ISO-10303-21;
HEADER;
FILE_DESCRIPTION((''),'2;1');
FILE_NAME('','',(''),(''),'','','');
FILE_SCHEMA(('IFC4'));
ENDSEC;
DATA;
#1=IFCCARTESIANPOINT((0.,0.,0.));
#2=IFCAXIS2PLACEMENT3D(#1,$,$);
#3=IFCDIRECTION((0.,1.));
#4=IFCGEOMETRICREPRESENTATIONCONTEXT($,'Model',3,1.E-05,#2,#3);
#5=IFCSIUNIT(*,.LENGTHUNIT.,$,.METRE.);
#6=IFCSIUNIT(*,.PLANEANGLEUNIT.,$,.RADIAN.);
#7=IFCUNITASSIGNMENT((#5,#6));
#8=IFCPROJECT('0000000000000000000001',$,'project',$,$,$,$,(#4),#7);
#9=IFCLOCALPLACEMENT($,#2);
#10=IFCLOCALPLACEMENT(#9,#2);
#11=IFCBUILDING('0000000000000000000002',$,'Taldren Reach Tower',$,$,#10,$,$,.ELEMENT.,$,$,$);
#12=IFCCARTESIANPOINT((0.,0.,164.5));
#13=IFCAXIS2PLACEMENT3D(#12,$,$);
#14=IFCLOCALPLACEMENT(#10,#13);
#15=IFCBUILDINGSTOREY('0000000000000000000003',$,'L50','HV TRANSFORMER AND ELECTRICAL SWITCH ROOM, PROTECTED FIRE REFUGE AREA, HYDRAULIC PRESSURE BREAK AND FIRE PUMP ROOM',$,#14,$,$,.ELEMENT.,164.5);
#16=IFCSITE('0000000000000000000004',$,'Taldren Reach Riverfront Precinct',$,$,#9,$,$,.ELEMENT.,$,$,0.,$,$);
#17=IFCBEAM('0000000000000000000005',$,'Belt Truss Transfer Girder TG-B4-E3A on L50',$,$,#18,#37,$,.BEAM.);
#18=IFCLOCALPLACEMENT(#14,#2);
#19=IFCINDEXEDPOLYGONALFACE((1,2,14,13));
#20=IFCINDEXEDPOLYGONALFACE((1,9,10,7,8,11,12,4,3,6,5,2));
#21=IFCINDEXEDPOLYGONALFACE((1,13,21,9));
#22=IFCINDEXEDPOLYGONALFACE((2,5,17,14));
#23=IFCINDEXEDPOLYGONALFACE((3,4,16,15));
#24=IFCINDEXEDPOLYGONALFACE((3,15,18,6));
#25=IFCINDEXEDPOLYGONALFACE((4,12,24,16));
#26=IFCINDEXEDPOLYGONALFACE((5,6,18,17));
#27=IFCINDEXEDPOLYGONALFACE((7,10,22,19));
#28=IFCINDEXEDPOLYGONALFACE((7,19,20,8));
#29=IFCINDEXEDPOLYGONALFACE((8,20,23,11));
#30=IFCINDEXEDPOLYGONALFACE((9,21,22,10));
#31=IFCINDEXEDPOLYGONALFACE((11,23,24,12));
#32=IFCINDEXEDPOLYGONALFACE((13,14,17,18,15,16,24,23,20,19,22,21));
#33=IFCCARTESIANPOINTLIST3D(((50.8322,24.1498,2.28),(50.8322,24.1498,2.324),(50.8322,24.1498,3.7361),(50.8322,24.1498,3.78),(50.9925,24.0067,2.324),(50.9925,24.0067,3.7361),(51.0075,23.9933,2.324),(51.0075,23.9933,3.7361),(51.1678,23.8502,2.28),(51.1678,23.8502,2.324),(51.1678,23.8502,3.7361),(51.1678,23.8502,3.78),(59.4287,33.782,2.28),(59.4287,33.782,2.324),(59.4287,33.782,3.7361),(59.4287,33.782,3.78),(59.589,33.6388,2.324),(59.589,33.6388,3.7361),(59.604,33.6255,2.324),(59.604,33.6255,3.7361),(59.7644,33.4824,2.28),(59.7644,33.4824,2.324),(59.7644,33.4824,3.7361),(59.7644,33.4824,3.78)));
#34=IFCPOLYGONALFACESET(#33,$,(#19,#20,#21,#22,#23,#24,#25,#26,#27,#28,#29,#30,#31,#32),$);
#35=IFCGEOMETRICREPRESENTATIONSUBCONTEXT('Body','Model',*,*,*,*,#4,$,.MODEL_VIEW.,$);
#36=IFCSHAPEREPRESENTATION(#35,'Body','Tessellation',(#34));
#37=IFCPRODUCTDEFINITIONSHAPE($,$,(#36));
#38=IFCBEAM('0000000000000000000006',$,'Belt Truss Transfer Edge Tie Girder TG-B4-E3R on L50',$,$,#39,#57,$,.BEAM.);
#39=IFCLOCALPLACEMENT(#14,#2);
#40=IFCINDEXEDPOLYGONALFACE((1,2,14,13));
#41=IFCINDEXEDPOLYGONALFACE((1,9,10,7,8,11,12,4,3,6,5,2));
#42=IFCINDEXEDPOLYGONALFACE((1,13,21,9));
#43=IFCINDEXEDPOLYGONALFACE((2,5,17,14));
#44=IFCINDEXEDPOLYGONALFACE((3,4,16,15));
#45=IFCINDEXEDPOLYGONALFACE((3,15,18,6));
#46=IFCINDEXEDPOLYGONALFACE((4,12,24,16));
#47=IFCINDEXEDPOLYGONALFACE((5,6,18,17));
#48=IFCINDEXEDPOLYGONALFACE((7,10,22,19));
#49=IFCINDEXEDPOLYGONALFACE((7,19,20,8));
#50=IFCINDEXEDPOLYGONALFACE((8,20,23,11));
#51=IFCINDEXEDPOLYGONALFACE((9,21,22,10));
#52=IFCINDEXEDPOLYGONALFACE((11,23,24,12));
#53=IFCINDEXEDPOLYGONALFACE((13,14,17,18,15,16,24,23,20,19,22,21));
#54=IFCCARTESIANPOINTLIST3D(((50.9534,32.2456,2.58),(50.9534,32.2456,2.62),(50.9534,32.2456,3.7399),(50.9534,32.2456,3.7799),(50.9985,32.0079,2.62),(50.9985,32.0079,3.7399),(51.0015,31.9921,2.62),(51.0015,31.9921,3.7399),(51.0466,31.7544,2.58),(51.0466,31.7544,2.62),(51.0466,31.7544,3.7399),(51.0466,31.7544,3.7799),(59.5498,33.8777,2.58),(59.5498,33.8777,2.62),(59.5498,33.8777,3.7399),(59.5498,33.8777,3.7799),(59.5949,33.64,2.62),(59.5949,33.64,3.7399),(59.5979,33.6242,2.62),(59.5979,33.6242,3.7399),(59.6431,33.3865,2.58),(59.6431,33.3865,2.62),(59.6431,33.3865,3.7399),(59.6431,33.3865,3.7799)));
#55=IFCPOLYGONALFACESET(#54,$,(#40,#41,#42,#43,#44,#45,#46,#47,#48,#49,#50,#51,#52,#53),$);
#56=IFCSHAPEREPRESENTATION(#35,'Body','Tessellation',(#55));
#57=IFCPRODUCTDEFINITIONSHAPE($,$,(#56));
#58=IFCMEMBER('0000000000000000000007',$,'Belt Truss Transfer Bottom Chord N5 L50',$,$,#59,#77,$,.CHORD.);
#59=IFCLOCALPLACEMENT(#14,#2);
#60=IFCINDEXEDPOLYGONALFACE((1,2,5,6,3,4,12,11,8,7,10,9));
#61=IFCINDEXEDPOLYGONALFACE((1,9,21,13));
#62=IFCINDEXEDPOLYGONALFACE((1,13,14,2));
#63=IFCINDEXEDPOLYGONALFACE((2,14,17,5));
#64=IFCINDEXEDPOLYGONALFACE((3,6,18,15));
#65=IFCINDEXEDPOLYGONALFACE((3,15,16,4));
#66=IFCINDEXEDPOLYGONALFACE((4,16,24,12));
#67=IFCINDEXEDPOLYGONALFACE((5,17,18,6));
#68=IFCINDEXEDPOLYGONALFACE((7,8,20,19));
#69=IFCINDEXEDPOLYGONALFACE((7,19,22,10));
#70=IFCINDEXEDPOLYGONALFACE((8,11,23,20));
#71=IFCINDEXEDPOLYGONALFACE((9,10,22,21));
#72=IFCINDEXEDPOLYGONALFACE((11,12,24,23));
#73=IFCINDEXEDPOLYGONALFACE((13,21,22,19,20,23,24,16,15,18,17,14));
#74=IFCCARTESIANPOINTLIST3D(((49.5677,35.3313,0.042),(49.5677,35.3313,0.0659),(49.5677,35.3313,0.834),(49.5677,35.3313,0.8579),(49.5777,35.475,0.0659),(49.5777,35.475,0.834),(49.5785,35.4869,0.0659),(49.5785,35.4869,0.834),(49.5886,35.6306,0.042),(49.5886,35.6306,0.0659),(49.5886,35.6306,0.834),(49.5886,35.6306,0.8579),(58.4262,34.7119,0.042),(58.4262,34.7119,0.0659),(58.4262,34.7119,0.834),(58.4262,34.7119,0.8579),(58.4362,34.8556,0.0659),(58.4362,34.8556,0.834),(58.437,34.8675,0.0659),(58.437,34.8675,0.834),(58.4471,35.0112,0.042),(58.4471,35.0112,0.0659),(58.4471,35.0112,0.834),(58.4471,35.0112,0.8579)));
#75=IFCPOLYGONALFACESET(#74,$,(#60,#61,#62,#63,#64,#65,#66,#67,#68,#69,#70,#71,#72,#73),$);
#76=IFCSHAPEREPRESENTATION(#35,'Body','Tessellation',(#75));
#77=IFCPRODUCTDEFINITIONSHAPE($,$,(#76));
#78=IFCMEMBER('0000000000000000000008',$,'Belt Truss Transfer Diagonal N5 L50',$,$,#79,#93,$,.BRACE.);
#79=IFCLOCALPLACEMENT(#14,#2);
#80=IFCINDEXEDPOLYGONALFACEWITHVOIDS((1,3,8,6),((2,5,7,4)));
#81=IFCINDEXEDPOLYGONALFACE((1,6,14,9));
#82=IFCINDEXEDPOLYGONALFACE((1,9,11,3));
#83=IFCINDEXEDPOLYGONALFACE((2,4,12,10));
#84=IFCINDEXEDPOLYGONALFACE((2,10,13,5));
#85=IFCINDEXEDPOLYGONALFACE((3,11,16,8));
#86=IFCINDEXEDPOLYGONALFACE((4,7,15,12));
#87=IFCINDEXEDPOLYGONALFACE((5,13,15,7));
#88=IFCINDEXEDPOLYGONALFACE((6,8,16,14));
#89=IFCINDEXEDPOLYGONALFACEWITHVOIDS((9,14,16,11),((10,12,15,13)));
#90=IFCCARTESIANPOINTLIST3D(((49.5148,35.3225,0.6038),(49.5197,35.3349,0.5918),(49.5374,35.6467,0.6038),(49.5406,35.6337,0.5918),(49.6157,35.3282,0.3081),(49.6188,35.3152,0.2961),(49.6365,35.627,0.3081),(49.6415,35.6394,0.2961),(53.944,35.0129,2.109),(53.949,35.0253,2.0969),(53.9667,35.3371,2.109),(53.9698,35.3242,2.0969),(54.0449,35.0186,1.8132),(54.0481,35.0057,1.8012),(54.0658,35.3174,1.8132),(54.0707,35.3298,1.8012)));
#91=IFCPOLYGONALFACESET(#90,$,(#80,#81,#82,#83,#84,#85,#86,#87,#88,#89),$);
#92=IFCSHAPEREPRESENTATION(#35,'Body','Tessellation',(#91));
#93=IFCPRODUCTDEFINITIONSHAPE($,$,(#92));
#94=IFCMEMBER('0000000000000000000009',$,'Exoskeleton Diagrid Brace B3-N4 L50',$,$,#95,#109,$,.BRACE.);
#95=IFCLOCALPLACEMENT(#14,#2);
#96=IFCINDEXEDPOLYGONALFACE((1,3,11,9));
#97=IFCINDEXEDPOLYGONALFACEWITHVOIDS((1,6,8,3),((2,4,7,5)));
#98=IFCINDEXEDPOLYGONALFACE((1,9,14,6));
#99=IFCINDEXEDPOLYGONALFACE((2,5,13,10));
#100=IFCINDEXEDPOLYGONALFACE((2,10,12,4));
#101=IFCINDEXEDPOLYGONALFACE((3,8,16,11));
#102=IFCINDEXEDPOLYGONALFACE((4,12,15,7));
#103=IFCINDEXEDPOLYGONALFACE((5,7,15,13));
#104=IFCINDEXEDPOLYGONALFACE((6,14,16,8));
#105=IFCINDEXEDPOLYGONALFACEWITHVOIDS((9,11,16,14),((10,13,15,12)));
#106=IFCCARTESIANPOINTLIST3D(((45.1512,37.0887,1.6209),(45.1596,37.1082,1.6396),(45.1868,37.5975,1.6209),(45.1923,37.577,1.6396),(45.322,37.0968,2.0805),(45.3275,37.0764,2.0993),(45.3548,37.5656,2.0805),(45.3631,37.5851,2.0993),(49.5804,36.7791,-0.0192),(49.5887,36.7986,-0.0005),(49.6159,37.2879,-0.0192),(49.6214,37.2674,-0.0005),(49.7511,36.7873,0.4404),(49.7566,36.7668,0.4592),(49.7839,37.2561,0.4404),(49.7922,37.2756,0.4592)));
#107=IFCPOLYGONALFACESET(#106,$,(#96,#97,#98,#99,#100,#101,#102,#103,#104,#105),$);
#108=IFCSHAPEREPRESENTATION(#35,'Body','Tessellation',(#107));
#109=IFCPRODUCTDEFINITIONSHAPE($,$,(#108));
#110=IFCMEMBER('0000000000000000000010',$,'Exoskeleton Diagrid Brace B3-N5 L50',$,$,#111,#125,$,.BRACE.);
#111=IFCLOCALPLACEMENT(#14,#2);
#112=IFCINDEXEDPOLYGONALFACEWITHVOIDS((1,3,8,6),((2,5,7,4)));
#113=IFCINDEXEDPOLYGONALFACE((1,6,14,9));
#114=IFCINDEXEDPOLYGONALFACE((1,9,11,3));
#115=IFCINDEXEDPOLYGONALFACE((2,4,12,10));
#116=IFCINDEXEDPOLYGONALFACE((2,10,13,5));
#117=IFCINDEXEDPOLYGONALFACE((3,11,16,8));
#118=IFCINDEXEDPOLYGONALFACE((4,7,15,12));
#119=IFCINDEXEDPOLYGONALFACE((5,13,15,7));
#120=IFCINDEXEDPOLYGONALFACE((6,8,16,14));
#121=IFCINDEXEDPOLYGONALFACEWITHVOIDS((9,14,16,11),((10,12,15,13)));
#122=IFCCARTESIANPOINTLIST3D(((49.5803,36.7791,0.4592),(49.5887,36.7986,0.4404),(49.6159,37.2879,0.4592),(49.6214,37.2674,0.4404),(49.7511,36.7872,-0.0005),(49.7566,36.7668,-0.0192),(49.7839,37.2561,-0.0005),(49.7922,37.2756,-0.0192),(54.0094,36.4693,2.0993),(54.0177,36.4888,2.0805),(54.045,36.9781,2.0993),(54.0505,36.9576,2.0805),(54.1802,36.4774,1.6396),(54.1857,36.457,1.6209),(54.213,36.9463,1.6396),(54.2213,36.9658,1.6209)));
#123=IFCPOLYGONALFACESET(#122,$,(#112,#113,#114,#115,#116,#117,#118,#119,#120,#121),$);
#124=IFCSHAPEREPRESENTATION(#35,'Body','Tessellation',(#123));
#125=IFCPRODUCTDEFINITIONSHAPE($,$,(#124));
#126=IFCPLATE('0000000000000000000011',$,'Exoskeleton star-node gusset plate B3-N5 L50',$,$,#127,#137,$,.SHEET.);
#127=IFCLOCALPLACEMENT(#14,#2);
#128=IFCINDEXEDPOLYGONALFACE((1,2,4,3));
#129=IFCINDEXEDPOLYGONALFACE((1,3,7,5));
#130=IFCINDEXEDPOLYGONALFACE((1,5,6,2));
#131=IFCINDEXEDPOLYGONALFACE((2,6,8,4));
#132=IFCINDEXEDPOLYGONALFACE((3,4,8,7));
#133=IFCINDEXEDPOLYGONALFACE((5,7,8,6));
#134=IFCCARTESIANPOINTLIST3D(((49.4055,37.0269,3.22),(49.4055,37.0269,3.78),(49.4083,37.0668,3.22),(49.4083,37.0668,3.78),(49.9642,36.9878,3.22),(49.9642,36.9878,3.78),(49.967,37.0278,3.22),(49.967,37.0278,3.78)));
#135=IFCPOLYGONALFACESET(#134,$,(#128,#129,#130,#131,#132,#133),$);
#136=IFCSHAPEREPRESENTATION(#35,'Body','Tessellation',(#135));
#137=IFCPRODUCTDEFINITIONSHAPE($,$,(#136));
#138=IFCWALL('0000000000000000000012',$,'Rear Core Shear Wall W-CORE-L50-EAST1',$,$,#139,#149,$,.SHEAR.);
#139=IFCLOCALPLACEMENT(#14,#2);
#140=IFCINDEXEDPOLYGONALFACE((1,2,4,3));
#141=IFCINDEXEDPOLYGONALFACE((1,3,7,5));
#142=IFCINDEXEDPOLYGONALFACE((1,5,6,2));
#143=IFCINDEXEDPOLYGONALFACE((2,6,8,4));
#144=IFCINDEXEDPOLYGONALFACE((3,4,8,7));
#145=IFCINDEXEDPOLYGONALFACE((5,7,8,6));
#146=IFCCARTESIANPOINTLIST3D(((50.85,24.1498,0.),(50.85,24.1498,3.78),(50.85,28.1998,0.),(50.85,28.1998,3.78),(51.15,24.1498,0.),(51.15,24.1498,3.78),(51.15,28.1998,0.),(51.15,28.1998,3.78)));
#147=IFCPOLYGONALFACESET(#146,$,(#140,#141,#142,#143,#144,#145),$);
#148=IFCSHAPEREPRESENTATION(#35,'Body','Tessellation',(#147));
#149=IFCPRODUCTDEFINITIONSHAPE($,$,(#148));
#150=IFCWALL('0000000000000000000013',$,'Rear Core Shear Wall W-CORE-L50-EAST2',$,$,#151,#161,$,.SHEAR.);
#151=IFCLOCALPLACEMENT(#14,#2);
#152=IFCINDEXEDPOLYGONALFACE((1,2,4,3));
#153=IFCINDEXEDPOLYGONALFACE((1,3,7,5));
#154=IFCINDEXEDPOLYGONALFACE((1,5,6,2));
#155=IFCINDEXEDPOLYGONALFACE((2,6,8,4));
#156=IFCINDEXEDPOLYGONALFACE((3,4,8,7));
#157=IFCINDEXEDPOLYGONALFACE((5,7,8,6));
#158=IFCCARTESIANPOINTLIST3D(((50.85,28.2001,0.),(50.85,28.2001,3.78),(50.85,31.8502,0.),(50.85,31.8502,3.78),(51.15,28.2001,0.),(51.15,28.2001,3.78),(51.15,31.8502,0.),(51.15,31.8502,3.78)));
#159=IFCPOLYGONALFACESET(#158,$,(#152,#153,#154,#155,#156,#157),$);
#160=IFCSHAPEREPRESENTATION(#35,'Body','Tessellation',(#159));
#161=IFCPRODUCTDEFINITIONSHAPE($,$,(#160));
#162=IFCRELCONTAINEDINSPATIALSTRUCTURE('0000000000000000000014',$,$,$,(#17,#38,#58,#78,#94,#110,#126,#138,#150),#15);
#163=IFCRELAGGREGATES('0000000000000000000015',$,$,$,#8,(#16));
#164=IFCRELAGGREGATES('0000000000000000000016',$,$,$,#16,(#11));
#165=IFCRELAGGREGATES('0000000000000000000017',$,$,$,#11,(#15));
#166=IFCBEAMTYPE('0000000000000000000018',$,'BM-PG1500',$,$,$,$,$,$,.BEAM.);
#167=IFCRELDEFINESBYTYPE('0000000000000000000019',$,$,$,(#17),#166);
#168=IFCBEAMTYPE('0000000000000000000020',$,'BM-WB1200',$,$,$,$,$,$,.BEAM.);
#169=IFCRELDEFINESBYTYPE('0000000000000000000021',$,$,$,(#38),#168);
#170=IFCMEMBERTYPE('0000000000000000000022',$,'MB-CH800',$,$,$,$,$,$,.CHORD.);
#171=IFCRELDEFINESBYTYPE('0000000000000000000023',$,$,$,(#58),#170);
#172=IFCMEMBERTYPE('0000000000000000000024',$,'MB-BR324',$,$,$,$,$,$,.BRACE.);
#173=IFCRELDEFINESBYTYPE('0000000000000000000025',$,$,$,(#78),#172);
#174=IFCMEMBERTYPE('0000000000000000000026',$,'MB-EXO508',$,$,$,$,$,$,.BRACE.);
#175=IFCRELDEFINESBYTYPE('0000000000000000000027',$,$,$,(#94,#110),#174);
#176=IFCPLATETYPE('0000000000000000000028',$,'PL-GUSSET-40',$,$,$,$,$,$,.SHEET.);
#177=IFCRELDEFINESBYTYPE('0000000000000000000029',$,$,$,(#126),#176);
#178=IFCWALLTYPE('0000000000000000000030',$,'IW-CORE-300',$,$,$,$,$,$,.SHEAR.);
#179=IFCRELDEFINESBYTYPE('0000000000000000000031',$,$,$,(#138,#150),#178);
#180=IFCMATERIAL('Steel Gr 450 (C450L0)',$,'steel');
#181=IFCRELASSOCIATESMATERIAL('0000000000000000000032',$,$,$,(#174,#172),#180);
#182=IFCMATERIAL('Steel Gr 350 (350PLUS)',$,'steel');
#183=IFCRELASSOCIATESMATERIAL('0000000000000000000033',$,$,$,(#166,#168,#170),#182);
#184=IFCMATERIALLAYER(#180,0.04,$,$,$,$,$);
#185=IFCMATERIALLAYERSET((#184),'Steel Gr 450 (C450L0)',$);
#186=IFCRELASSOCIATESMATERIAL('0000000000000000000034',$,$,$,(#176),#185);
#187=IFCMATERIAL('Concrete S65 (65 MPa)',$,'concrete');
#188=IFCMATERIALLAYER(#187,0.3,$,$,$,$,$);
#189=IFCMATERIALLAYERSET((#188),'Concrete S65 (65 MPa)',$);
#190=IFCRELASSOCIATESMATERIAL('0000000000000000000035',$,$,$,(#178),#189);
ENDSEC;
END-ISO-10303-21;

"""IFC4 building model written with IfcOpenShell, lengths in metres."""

from ifc_helpers import new_model, si_unit, direction, frame, frame_2d, origin, origin_2d, place, context, subcontext, project, spatial, rectangle, hollow_rectangle, i_section, extrude, source, transform, mapped, material, layer, layer_set, material_profile, profile_set, type_object, element, save


model = new_model("IFC4")

# Units and contexts
model_context = context("Model", 3, precision=1e-05, world=origin(), true_north=direction((0.0, 1.0)))
body_context = subcontext(model_context, "Body", "Model", "MODEL_VIEW")
ifc_project = project(units=[si_unit("LENGTHUNIT", "METRE"), si_unit("PLANEANGLEUNIT", "RADIAN")], contexts=[model_context])

# Site, building, storey
site_placement = place(None, origin())
site = spatial("IfcSite", under=ifc_project, at=site_placement, Name="Taldren Reach Riverfront Precinct", CompositionType="ELEMENT", RefElevation=0.0)
building_placement = place(site_placement, origin())
building = spatial("IfcBuilding", under=site, at=building_placement, Name="Taldren Reach Tower", CompositionType="ELEMENT")
storey_placement = place(building_placement, frame((0.0, 0.0, 164.5)))
storey = spatial("IfcBuildingStorey", under=building, at=storey_placement, Name="L50", Description="HV TRANSFORMER AND ELECTRICAL SWITCH ROOM, PROTECTED FIRE REFUGE AREA, HYDRAULIC PRESSURE BREAK AND FIRE PUMP ROOM", CompositionType="ELEMENT", Elevation=164.5)

# Shared definitions
ifc_material_1 = material(Name="Steel Gr 450 (C450L0)", Category="steel")

# Shared definitions
ifc_material_2 = material(Name="Steel Gr 350 (350PLUS)", Category="steel")
ifc_material_profile_1 = material_profile(ifc_material_1, hollow_rectangle(XDim=0.51, YDim=0.51, WallThickness=0.02, at=origin_2d()), Name="510x510x20.0SHS")
ifc_profile_set_1 = profile_set([ifc_material_profile_1], Name="Steel Gr 450 (C450L0)")
member_type_1 = type_object("IfcMemberType", Name="MB-EXO508", PredefinedType="BRACE", material=ifc_profile_set_1)

# Beams
ifc_material_profile_2 = material_profile(ifc_material_2, i_section(OverallWidth=0.45, OverallDepth=1.5, WebThickness=0.02, FlangeThickness=0.0439, at=origin_2d()), Name="1500WB550")
ifc_profile_set_2 = profile_set([ifc_material_profile_2], Name="Steel Gr 350 (350PLUS)")
beam_type_1 = type_object("IfcBeamType", Name="BM-PG1500", PredefinedType="BEAM", material=ifc_profile_set_2)
shared_shape_1 = source(origin(), body_context, "Body", "SweptSolid", [
    extrude(i_section(OverallWidth=0.45, OverallDepth=1.5, WebThickness=0.02, FlangeThickness=0.0439, at=origin_2d()), origin(), (0.0, 0.0, 1.0), 12.9104),
])
beam_1_placement = place(storey_placement, frame((51.0, 24.0, 3.03), z_axis=(0.665859, 0.746078, 0.0), x_axis=(-0.746078, 0.665859, 0.0)))
element("IfcBeam", 1, at=beam_1_placement, inside=storey, type_object=beam_type_1, Name="Belt Truss Transfer Girder TG-B4-E3A on L50", PredefinedType="BEAM", context=body_context, shape_type="MappedRepresentation", body=[
    mapped(shared_shape_1, transform((0.0, 0.0, 0.0), scale=1.0)),
])
ifc_material_profile_3 = material_profile(ifc_material_2, i_section(OverallWidth=0.5, OverallDepth=1.2, WebThickness=0.0161, FlangeThickness=0.04, at=origin_2d()), Name="1200WB455")
ifc_profile_set_3 = profile_set([ifc_material_profile_3], Name="Steel Gr 350 (350PLUS)")
beam_type_2 = type_object("IfcBeamType", Name="BM-WB1200", PredefinedType="BEAM", material=ifc_profile_set_3)
shared_shape_2 = source(origin(), body_context, "Body", "SweptSolid", [
    extrude(i_section(OverallWidth=0.5, OverallDepth=1.2, WebThickness=0.0161, FlangeThickness=0.04, at=origin_2d()), origin(), (0.0, 0.0, 1.0), 8.75),
])
beam_2_placement = place(storey_placement, frame((51.0, 32.0, 3.1799), z_axis=(0.98245, 0.186524, 0.0), x_axis=(-0.186524, 0.98245, 0.0)))
element("IfcBeam", 2, at=beam_2_placement, inside=storey, type_object=beam_type_2, Name="Belt Truss Transfer Edge Tie Girder TG-B4-E3R on L50", PredefinedType="BEAM", context=body_context, shape_type="MappedRepresentation", body=[
    mapped(shared_shape_2, transform((0.0, 0.0, 0.0), scale=1.0)),
])

# Members
ifc_material_profile_4 = material_profile(ifc_material_2, i_section(OverallWidth=0.3, OverallDepth=0.8159, WebThickness=0.012, FlangeThickness=0.0239, at=origin_2d()), Name="800WB192")
ifc_profile_set_4 = profile_set([ifc_material_profile_4], Name="Steel Gr 350 (350PLUS)")
member_type_2 = type_object("IfcMemberType", Name="MB-CH800", PredefinedType="CHORD", material=ifc_profile_set_4)
shared_shape_3 = source(origin(), body_context, "Body", "SweptSolid", [
    extrude(i_section(OverallWidth=0.3, OverallDepth=0.8159, WebThickness=0.012, FlangeThickness=0.0239, at=origin_2d()), origin(), (0.0, 0.0, 1.0), 8.8801),
])
member_1_placement = place(storey_placement, frame((49.5781, 35.481, 0.45), z_axis=(0.997564, -0.06975, 0.0), x_axis=(0.06975, 0.997564, 0.0)))
element("IfcMember", 3, at=member_1_placement, inside=storey, type_object=member_type_2, Name="Belt Truss Transfer Bottom Chord N5 L50", PredefinedType="CHORD", context=body_context, shape_type="MappedRepresentation", body=[
    mapped(shared_shape_3, transform((0.0, 0.0, 0.0), scale=1.0)),
])
ifc_material_profile_5 = material_profile(ifc_material_1, hollow_rectangle(XDim=0.325, YDim=0.325, WallThickness=0.0127, at=origin_2d()), Name="325x325x12.7SHS")
ifc_profile_set_5 = profile_set([ifc_material_profile_5], Name="Steel Gr 450 (C450L0)")
member_type_3 = type_object("IfcMemberType", Name="MB-BR324", PredefinedType="BRACE", material=ifc_profile_set_5)
shared_shape_4 = source(origin(), body_context, "Body", "SweptSolid", [
    extrude(hollow_rectangle(XDim=0.325, YDim=0.325, WallThickness=0.0127, at=origin_2d()), origin(), (0.0, 0.0, 1.0), 4.6882),
])
member_2_placement = place(storey_placement, frame((49.5781, 35.481, 0.45), z_axis=(0.944758, -0.066032, 0.321047), x_axis=(0.069723, 0.997566, 0.0)))
element("IfcMember", 4, at=member_2_placement, inside=storey, type_object=member_type_3, Name="Belt Truss Transfer Diagonal N5 L50", PredefinedType="BRACE", context=body_context, shape_type="MappedRepresentation", body=[
    mapped(shared_shape_4, transform((0.0, 0.0, 0.0), scale=1.0)),
])
shared_shape_5 = source(origin(), body_context, "Body", "SweptSolid", [
    extrude(hollow_rectangle(XDim=0.51, YDim=0.51, WallThickness=0.02, at=origin_2d()), origin(), (0.0, 0.0, 1.0), 4.7332),
])
for number, where, z_axis, x_axis, name in (
    (5, (49.6863, 37.0273, 0.22), (-0.935762, 0.065403, 0.346514), (-0.069723, -0.997566, 0.0), "Exoskeleton Diagrid Brace B3-N4 L50"),
    (6, (49.6863, 37.0273, 0.22), (0.935759, -0.065455, 0.346512), (0.069778, 0.997563, 0.0), "Exoskeleton Diagrid Brace B3-N5 L50"),
):
    element("IfcMember", number, at=place(storey_placement, frame(where, z_axis=z_axis, x_axis=x_axis)), inside=storey, type_object=member_type_1, Name=name, PredefinedType="BRACE", context=body_context, shape_type="MappedRepresentation", body=[
        mapped(shared_shape_5, transform((0.0, 0.0, 0.0), scale=1.0)),
    ])

# Plate
ifc_layer_1 = layer(ifc_material_1, 0.04)
ifc_layer_set_1 = layer_set([ifc_layer_1], Name="Steel Gr 450 (C450L0)")
plate_type = type_object("IfcPlateType", Name="PL-GUSSET-40", PredefinedType="SHEET", material=ifc_layer_set_1)
shared_shape_6 = source(origin(), body_context, "Body", "SweptSolid", [
    extrude(rectangle(XDim=0.5601, YDim=0.04, at=origin_2d()), origin(), (0.0, 0.0, 1.0), 0.5601),
])
plate_placement = place(storey_placement, frame((49.6863, 37.0273, 3.22), z_axis=(0.0, 0.0, 1.0), x_axis=(0.997564, -0.069756, 0.0)))
element("IfcPlate", 7, at=plate_placement, inside=storey, type_object=plate_type, Name="Exoskeleton star-node gusset plate B3-N5 L50", PredefinedType="SHEET", context=body_context, shape_type="MappedRepresentation", body=[
    mapped(shared_shape_6, transform((0.0, 0.0, 0.0), scale=1.0)),
])

# Walls
ifc_material_3 = material(Name="Concrete S65 (65 MPa)", Category="concrete")
ifc_layer_2 = layer(ifc_material_3, 0.3)
ifc_layer_set_2 = layer_set([ifc_layer_2], Name="Concrete S65 (65 MPa)")
wall_type_1 = type_object("IfcWallType", Name="IW-CORE-300", PredefinedType="SHEAR", material=ifc_layer_set_2)
shared_shape_7 = source(origin(), body_context, "Body", "SweptSolid", [
    extrude(rectangle(XDim=4.05, YDim=0.3, at=frame_2d((2.0249, 0.0))), origin(), (0.0, 0.0, 1.0), 3.78),
])
wall_1_placement = place(storey_placement, frame((51.0, 24.1499, 0.0), z_axis=(0.0, 0.0, 1.0), x_axis=(0.0, 1.0, 0.0)))
element("IfcWall", 8, at=wall_1_placement, inside=storey, type_object=wall_type_1, Name="Rear Core Shear Wall W-CORE-L50-EAST1", PredefinedType="SHEAR", context=body_context, shape_type="MappedRepresentation", body=[
    mapped(shared_shape_7, transform((0.0, 0.0, 0.0), scale=1.0)),
])
shared_shape_8 = source(origin(), body_context, "Body", "SweptSolid", [
    extrude(rectangle(XDim=3.6501, YDim=0.3, at=frame_2d((1.8252, 0.0))), origin(), (0.0, 0.0, 1.0), 3.78),
])
wall_2_placement = place(storey_placement, frame((51.0, 28.2, 0.0), z_axis=(0.0, 0.0, 1.0), x_axis=(0.0, 1.0, 0.0)))
element("IfcWall", 9, at=wall_2_placement, inside=storey, type_object=wall_type_1, Name="Rear Core Shear Wall W-CORE-L50-EAST2", PredefinedType="SHEAR", context=body_context, shape_type="MappedRepresentation", body=[
    mapped(shared_shape_8, transform((0.0, 0.0, 0.0), scale=1.0)),
])

save(model, "model.ifc")
